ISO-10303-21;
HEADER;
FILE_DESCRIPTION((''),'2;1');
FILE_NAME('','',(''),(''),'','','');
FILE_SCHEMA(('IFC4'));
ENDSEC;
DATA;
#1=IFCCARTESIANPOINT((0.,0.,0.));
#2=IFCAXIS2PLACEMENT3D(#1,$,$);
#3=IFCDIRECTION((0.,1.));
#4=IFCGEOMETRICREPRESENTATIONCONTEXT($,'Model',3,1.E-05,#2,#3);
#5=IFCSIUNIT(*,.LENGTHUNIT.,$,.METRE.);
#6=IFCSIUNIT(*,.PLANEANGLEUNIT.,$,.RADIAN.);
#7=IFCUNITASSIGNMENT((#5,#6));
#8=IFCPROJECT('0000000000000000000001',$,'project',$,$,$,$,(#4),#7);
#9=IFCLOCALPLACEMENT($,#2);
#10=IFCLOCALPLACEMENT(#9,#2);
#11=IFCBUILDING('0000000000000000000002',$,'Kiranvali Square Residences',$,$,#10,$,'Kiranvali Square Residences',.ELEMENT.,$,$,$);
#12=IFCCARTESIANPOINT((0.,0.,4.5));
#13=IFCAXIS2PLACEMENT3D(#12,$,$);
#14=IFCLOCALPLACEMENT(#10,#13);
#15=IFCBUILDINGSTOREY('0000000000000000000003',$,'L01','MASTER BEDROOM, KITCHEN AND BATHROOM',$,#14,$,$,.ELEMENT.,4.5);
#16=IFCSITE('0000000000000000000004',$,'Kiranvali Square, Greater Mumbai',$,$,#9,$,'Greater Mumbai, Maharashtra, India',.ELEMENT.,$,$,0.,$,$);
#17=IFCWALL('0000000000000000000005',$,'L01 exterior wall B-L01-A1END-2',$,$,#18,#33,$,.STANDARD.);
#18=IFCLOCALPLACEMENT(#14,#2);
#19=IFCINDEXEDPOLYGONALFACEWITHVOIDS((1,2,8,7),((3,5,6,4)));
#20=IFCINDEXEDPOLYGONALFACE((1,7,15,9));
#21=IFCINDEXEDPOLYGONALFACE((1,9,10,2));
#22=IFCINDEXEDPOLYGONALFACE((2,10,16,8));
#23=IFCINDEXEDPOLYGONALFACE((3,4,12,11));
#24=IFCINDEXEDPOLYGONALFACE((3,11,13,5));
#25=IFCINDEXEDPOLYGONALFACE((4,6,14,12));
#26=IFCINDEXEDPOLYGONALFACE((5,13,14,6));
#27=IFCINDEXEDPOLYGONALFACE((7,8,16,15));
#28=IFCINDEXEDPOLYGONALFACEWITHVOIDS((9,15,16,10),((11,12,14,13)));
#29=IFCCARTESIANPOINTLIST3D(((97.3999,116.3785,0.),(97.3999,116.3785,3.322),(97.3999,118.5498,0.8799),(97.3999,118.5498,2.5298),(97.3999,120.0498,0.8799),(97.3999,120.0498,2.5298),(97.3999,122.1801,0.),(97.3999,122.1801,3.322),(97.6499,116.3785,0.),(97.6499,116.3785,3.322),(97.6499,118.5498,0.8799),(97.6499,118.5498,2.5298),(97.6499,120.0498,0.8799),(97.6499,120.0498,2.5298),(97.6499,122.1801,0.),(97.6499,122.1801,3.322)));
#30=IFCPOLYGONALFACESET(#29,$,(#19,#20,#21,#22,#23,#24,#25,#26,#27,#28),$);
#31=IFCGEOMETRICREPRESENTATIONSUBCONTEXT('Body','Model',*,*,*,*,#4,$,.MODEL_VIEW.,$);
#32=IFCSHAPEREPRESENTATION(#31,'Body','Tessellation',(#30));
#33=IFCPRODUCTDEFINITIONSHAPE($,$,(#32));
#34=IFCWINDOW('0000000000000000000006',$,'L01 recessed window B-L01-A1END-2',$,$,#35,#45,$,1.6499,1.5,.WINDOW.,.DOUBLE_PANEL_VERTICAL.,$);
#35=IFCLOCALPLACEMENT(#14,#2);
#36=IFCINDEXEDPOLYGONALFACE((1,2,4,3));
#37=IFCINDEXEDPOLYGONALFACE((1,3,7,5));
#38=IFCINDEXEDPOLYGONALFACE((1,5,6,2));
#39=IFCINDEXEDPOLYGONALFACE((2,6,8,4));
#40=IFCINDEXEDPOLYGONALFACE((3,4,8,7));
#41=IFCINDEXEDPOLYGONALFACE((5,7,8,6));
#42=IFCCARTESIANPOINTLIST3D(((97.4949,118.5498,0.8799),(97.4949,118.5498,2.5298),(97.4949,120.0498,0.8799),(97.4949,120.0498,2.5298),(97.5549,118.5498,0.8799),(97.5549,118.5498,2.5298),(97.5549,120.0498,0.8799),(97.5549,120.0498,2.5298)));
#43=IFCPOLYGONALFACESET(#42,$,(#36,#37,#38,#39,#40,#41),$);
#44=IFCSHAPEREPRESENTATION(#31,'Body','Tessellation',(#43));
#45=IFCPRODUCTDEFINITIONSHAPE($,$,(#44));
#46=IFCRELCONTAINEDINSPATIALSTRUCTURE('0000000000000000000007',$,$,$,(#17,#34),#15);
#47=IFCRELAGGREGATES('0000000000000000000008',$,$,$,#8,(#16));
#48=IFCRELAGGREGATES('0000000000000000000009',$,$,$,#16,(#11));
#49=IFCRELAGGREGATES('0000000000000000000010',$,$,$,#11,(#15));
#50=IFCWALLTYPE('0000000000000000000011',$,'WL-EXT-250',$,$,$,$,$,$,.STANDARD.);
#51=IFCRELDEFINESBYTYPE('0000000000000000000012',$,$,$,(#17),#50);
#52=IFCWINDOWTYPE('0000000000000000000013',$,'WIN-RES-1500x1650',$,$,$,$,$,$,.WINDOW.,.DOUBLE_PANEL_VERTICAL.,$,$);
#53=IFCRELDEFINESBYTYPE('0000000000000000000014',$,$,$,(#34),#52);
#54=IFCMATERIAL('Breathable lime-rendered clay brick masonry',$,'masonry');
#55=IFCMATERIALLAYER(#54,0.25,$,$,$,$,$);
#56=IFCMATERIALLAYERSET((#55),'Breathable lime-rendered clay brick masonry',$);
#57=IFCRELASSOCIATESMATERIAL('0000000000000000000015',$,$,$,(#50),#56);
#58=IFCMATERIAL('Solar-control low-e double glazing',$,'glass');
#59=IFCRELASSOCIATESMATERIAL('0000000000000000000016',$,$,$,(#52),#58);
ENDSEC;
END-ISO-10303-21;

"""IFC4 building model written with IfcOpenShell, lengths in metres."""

from ifc_helpers import new_model, si_unit, direction, frame, frame_2d, origin, place, context, subcontext, project, spatial, rectangle, extrude, material, layer, layer_set, type_object, element, fill, save


model = new_model("IFC4")

# Units and contexts
model_context = context("Model", 3, precision=1e-05, world=origin(), true_north=direction((0.0, 1.0)))
body_context = subcontext(model_context, "Body", "Model", "MODEL_VIEW")
ifc_project = project(units=[si_unit("LENGTHUNIT", "METRE"), si_unit("PLANEANGLEUNIT", "RADIAN")], contexts=[model_context])

# Site, building, storey
site_placement = place(None, origin())
site = spatial("IfcSite", under=ifc_project, at=site_placement, Name="Kiranvali Square, Greater Mumbai", LongName="Greater Mumbai, Maharashtra, India", CompositionType="ELEMENT", RefElevation=0.0)
building_placement = place(site_placement, origin())
building = spatial("IfcBuilding", under=site, at=building_placement, Name="Kiranvali Square Residences", LongName="Kiranvali Square Residences", CompositionType="ELEMENT")
storey_placement = place(building_placement, frame((0.0, 0.0, 4.5)))
storey = spatial("IfcBuildingStorey", under=building, at=storey_placement, Name="L01", Description="MASTER BEDROOM, KITCHEN AND BATHROOM", CompositionType="ELEMENT", Elevation=4.5)

# Wall, opening, window
ifc_material_1 = material(Name="Breathable lime-rendered clay brick masonry", Category="masonry")
ifc_layer_1 = layer(ifc_material_1, 0.25)
ifc_layer_set_1 = layer_set([ifc_layer_1], Name="Breathable lime-rendered clay brick masonry")
wall_type_1 = type_object("IfcWallType", Name="WL-EXT-250", PredefinedType="STANDARD", material=ifc_layer_set_1)
ifc_material_2 = material(Name="Solar-control low-e double glazing", Category="glass")
wall_1_placement = place(storey_placement, frame((97.5249, 116.3784, 0.0), z_axis=(0.0, 0.0, 1.0), x_axis=(0.0, 1.0, 0.0)))
wall_1 = element("IfcWall", 1, at=wall_1_placement, inside=storey, type_object=wall_type_1, Name="L01 exterior wall B-L01-A1END-2", PredefinedType="STANDARD", context=body_context, shape_type="SweptSolid", body=[
    extrude(rectangle(XDim=5.8015, YDim=0.25, at=frame_2d((2.9009, 0.0))), origin(), (0.0, 0.0, 1.0), 3.322),
])
opening_1_placement = place(wall_1_placement, frame((2.1714, 0.0, 0.8799)))
opening_1 = element("IfcOpeningElement", 2, at=opening_1_placement, cuts=wall_1, PredefinedType="OPENING", context=body_context, shape_type="SweptSolid", body=[
    extrude(rectangle(XDim=1.5, YDim=1.6499, at=frame_2d((0.75, 0.825))), frame((0.0, 0.135, 0.0), z_axis=(0.0, -1.0, 0.0), x_axis=(1.0, 0.0, 0.0)), (0.0, 0.0, 1.0), 0.27),
])
window_type_1 = type_object("IfcWindowType", Name="WIN-RES-1500x1650", PartitioningType="DOUBLE_PANEL_VERTICAL", PredefinedType="WINDOW", material=ifc_material_2)
window_1_placement = place(opening_1_placement, origin())
window_1 = element("IfcWindow", 3, at=window_1_placement, inside=storey, type_object=window_type_1, Name="L01 recessed window B-L01-A1END-2", OverallHeight=1.6499, OverallWidth=1.5, PartitioningType="DOUBLE_PANEL_VERTICAL", PredefinedType="WINDOW", context=body_context, shape_type="SweptSolid", body=[
    extrude(rectangle(XDim=1.5, YDim=1.6499, at=frame_2d((0.75, 0.825))), frame((0.0, 0.03, 0.0), z_axis=(0.0, -1.0, 0.0), x_axis=(1.0, 0.0, 0.0)), (0.0, 0.0, 1.0), 0.0601),
])
fill(opening_1, window_1)

save(model, "model.ifc")
